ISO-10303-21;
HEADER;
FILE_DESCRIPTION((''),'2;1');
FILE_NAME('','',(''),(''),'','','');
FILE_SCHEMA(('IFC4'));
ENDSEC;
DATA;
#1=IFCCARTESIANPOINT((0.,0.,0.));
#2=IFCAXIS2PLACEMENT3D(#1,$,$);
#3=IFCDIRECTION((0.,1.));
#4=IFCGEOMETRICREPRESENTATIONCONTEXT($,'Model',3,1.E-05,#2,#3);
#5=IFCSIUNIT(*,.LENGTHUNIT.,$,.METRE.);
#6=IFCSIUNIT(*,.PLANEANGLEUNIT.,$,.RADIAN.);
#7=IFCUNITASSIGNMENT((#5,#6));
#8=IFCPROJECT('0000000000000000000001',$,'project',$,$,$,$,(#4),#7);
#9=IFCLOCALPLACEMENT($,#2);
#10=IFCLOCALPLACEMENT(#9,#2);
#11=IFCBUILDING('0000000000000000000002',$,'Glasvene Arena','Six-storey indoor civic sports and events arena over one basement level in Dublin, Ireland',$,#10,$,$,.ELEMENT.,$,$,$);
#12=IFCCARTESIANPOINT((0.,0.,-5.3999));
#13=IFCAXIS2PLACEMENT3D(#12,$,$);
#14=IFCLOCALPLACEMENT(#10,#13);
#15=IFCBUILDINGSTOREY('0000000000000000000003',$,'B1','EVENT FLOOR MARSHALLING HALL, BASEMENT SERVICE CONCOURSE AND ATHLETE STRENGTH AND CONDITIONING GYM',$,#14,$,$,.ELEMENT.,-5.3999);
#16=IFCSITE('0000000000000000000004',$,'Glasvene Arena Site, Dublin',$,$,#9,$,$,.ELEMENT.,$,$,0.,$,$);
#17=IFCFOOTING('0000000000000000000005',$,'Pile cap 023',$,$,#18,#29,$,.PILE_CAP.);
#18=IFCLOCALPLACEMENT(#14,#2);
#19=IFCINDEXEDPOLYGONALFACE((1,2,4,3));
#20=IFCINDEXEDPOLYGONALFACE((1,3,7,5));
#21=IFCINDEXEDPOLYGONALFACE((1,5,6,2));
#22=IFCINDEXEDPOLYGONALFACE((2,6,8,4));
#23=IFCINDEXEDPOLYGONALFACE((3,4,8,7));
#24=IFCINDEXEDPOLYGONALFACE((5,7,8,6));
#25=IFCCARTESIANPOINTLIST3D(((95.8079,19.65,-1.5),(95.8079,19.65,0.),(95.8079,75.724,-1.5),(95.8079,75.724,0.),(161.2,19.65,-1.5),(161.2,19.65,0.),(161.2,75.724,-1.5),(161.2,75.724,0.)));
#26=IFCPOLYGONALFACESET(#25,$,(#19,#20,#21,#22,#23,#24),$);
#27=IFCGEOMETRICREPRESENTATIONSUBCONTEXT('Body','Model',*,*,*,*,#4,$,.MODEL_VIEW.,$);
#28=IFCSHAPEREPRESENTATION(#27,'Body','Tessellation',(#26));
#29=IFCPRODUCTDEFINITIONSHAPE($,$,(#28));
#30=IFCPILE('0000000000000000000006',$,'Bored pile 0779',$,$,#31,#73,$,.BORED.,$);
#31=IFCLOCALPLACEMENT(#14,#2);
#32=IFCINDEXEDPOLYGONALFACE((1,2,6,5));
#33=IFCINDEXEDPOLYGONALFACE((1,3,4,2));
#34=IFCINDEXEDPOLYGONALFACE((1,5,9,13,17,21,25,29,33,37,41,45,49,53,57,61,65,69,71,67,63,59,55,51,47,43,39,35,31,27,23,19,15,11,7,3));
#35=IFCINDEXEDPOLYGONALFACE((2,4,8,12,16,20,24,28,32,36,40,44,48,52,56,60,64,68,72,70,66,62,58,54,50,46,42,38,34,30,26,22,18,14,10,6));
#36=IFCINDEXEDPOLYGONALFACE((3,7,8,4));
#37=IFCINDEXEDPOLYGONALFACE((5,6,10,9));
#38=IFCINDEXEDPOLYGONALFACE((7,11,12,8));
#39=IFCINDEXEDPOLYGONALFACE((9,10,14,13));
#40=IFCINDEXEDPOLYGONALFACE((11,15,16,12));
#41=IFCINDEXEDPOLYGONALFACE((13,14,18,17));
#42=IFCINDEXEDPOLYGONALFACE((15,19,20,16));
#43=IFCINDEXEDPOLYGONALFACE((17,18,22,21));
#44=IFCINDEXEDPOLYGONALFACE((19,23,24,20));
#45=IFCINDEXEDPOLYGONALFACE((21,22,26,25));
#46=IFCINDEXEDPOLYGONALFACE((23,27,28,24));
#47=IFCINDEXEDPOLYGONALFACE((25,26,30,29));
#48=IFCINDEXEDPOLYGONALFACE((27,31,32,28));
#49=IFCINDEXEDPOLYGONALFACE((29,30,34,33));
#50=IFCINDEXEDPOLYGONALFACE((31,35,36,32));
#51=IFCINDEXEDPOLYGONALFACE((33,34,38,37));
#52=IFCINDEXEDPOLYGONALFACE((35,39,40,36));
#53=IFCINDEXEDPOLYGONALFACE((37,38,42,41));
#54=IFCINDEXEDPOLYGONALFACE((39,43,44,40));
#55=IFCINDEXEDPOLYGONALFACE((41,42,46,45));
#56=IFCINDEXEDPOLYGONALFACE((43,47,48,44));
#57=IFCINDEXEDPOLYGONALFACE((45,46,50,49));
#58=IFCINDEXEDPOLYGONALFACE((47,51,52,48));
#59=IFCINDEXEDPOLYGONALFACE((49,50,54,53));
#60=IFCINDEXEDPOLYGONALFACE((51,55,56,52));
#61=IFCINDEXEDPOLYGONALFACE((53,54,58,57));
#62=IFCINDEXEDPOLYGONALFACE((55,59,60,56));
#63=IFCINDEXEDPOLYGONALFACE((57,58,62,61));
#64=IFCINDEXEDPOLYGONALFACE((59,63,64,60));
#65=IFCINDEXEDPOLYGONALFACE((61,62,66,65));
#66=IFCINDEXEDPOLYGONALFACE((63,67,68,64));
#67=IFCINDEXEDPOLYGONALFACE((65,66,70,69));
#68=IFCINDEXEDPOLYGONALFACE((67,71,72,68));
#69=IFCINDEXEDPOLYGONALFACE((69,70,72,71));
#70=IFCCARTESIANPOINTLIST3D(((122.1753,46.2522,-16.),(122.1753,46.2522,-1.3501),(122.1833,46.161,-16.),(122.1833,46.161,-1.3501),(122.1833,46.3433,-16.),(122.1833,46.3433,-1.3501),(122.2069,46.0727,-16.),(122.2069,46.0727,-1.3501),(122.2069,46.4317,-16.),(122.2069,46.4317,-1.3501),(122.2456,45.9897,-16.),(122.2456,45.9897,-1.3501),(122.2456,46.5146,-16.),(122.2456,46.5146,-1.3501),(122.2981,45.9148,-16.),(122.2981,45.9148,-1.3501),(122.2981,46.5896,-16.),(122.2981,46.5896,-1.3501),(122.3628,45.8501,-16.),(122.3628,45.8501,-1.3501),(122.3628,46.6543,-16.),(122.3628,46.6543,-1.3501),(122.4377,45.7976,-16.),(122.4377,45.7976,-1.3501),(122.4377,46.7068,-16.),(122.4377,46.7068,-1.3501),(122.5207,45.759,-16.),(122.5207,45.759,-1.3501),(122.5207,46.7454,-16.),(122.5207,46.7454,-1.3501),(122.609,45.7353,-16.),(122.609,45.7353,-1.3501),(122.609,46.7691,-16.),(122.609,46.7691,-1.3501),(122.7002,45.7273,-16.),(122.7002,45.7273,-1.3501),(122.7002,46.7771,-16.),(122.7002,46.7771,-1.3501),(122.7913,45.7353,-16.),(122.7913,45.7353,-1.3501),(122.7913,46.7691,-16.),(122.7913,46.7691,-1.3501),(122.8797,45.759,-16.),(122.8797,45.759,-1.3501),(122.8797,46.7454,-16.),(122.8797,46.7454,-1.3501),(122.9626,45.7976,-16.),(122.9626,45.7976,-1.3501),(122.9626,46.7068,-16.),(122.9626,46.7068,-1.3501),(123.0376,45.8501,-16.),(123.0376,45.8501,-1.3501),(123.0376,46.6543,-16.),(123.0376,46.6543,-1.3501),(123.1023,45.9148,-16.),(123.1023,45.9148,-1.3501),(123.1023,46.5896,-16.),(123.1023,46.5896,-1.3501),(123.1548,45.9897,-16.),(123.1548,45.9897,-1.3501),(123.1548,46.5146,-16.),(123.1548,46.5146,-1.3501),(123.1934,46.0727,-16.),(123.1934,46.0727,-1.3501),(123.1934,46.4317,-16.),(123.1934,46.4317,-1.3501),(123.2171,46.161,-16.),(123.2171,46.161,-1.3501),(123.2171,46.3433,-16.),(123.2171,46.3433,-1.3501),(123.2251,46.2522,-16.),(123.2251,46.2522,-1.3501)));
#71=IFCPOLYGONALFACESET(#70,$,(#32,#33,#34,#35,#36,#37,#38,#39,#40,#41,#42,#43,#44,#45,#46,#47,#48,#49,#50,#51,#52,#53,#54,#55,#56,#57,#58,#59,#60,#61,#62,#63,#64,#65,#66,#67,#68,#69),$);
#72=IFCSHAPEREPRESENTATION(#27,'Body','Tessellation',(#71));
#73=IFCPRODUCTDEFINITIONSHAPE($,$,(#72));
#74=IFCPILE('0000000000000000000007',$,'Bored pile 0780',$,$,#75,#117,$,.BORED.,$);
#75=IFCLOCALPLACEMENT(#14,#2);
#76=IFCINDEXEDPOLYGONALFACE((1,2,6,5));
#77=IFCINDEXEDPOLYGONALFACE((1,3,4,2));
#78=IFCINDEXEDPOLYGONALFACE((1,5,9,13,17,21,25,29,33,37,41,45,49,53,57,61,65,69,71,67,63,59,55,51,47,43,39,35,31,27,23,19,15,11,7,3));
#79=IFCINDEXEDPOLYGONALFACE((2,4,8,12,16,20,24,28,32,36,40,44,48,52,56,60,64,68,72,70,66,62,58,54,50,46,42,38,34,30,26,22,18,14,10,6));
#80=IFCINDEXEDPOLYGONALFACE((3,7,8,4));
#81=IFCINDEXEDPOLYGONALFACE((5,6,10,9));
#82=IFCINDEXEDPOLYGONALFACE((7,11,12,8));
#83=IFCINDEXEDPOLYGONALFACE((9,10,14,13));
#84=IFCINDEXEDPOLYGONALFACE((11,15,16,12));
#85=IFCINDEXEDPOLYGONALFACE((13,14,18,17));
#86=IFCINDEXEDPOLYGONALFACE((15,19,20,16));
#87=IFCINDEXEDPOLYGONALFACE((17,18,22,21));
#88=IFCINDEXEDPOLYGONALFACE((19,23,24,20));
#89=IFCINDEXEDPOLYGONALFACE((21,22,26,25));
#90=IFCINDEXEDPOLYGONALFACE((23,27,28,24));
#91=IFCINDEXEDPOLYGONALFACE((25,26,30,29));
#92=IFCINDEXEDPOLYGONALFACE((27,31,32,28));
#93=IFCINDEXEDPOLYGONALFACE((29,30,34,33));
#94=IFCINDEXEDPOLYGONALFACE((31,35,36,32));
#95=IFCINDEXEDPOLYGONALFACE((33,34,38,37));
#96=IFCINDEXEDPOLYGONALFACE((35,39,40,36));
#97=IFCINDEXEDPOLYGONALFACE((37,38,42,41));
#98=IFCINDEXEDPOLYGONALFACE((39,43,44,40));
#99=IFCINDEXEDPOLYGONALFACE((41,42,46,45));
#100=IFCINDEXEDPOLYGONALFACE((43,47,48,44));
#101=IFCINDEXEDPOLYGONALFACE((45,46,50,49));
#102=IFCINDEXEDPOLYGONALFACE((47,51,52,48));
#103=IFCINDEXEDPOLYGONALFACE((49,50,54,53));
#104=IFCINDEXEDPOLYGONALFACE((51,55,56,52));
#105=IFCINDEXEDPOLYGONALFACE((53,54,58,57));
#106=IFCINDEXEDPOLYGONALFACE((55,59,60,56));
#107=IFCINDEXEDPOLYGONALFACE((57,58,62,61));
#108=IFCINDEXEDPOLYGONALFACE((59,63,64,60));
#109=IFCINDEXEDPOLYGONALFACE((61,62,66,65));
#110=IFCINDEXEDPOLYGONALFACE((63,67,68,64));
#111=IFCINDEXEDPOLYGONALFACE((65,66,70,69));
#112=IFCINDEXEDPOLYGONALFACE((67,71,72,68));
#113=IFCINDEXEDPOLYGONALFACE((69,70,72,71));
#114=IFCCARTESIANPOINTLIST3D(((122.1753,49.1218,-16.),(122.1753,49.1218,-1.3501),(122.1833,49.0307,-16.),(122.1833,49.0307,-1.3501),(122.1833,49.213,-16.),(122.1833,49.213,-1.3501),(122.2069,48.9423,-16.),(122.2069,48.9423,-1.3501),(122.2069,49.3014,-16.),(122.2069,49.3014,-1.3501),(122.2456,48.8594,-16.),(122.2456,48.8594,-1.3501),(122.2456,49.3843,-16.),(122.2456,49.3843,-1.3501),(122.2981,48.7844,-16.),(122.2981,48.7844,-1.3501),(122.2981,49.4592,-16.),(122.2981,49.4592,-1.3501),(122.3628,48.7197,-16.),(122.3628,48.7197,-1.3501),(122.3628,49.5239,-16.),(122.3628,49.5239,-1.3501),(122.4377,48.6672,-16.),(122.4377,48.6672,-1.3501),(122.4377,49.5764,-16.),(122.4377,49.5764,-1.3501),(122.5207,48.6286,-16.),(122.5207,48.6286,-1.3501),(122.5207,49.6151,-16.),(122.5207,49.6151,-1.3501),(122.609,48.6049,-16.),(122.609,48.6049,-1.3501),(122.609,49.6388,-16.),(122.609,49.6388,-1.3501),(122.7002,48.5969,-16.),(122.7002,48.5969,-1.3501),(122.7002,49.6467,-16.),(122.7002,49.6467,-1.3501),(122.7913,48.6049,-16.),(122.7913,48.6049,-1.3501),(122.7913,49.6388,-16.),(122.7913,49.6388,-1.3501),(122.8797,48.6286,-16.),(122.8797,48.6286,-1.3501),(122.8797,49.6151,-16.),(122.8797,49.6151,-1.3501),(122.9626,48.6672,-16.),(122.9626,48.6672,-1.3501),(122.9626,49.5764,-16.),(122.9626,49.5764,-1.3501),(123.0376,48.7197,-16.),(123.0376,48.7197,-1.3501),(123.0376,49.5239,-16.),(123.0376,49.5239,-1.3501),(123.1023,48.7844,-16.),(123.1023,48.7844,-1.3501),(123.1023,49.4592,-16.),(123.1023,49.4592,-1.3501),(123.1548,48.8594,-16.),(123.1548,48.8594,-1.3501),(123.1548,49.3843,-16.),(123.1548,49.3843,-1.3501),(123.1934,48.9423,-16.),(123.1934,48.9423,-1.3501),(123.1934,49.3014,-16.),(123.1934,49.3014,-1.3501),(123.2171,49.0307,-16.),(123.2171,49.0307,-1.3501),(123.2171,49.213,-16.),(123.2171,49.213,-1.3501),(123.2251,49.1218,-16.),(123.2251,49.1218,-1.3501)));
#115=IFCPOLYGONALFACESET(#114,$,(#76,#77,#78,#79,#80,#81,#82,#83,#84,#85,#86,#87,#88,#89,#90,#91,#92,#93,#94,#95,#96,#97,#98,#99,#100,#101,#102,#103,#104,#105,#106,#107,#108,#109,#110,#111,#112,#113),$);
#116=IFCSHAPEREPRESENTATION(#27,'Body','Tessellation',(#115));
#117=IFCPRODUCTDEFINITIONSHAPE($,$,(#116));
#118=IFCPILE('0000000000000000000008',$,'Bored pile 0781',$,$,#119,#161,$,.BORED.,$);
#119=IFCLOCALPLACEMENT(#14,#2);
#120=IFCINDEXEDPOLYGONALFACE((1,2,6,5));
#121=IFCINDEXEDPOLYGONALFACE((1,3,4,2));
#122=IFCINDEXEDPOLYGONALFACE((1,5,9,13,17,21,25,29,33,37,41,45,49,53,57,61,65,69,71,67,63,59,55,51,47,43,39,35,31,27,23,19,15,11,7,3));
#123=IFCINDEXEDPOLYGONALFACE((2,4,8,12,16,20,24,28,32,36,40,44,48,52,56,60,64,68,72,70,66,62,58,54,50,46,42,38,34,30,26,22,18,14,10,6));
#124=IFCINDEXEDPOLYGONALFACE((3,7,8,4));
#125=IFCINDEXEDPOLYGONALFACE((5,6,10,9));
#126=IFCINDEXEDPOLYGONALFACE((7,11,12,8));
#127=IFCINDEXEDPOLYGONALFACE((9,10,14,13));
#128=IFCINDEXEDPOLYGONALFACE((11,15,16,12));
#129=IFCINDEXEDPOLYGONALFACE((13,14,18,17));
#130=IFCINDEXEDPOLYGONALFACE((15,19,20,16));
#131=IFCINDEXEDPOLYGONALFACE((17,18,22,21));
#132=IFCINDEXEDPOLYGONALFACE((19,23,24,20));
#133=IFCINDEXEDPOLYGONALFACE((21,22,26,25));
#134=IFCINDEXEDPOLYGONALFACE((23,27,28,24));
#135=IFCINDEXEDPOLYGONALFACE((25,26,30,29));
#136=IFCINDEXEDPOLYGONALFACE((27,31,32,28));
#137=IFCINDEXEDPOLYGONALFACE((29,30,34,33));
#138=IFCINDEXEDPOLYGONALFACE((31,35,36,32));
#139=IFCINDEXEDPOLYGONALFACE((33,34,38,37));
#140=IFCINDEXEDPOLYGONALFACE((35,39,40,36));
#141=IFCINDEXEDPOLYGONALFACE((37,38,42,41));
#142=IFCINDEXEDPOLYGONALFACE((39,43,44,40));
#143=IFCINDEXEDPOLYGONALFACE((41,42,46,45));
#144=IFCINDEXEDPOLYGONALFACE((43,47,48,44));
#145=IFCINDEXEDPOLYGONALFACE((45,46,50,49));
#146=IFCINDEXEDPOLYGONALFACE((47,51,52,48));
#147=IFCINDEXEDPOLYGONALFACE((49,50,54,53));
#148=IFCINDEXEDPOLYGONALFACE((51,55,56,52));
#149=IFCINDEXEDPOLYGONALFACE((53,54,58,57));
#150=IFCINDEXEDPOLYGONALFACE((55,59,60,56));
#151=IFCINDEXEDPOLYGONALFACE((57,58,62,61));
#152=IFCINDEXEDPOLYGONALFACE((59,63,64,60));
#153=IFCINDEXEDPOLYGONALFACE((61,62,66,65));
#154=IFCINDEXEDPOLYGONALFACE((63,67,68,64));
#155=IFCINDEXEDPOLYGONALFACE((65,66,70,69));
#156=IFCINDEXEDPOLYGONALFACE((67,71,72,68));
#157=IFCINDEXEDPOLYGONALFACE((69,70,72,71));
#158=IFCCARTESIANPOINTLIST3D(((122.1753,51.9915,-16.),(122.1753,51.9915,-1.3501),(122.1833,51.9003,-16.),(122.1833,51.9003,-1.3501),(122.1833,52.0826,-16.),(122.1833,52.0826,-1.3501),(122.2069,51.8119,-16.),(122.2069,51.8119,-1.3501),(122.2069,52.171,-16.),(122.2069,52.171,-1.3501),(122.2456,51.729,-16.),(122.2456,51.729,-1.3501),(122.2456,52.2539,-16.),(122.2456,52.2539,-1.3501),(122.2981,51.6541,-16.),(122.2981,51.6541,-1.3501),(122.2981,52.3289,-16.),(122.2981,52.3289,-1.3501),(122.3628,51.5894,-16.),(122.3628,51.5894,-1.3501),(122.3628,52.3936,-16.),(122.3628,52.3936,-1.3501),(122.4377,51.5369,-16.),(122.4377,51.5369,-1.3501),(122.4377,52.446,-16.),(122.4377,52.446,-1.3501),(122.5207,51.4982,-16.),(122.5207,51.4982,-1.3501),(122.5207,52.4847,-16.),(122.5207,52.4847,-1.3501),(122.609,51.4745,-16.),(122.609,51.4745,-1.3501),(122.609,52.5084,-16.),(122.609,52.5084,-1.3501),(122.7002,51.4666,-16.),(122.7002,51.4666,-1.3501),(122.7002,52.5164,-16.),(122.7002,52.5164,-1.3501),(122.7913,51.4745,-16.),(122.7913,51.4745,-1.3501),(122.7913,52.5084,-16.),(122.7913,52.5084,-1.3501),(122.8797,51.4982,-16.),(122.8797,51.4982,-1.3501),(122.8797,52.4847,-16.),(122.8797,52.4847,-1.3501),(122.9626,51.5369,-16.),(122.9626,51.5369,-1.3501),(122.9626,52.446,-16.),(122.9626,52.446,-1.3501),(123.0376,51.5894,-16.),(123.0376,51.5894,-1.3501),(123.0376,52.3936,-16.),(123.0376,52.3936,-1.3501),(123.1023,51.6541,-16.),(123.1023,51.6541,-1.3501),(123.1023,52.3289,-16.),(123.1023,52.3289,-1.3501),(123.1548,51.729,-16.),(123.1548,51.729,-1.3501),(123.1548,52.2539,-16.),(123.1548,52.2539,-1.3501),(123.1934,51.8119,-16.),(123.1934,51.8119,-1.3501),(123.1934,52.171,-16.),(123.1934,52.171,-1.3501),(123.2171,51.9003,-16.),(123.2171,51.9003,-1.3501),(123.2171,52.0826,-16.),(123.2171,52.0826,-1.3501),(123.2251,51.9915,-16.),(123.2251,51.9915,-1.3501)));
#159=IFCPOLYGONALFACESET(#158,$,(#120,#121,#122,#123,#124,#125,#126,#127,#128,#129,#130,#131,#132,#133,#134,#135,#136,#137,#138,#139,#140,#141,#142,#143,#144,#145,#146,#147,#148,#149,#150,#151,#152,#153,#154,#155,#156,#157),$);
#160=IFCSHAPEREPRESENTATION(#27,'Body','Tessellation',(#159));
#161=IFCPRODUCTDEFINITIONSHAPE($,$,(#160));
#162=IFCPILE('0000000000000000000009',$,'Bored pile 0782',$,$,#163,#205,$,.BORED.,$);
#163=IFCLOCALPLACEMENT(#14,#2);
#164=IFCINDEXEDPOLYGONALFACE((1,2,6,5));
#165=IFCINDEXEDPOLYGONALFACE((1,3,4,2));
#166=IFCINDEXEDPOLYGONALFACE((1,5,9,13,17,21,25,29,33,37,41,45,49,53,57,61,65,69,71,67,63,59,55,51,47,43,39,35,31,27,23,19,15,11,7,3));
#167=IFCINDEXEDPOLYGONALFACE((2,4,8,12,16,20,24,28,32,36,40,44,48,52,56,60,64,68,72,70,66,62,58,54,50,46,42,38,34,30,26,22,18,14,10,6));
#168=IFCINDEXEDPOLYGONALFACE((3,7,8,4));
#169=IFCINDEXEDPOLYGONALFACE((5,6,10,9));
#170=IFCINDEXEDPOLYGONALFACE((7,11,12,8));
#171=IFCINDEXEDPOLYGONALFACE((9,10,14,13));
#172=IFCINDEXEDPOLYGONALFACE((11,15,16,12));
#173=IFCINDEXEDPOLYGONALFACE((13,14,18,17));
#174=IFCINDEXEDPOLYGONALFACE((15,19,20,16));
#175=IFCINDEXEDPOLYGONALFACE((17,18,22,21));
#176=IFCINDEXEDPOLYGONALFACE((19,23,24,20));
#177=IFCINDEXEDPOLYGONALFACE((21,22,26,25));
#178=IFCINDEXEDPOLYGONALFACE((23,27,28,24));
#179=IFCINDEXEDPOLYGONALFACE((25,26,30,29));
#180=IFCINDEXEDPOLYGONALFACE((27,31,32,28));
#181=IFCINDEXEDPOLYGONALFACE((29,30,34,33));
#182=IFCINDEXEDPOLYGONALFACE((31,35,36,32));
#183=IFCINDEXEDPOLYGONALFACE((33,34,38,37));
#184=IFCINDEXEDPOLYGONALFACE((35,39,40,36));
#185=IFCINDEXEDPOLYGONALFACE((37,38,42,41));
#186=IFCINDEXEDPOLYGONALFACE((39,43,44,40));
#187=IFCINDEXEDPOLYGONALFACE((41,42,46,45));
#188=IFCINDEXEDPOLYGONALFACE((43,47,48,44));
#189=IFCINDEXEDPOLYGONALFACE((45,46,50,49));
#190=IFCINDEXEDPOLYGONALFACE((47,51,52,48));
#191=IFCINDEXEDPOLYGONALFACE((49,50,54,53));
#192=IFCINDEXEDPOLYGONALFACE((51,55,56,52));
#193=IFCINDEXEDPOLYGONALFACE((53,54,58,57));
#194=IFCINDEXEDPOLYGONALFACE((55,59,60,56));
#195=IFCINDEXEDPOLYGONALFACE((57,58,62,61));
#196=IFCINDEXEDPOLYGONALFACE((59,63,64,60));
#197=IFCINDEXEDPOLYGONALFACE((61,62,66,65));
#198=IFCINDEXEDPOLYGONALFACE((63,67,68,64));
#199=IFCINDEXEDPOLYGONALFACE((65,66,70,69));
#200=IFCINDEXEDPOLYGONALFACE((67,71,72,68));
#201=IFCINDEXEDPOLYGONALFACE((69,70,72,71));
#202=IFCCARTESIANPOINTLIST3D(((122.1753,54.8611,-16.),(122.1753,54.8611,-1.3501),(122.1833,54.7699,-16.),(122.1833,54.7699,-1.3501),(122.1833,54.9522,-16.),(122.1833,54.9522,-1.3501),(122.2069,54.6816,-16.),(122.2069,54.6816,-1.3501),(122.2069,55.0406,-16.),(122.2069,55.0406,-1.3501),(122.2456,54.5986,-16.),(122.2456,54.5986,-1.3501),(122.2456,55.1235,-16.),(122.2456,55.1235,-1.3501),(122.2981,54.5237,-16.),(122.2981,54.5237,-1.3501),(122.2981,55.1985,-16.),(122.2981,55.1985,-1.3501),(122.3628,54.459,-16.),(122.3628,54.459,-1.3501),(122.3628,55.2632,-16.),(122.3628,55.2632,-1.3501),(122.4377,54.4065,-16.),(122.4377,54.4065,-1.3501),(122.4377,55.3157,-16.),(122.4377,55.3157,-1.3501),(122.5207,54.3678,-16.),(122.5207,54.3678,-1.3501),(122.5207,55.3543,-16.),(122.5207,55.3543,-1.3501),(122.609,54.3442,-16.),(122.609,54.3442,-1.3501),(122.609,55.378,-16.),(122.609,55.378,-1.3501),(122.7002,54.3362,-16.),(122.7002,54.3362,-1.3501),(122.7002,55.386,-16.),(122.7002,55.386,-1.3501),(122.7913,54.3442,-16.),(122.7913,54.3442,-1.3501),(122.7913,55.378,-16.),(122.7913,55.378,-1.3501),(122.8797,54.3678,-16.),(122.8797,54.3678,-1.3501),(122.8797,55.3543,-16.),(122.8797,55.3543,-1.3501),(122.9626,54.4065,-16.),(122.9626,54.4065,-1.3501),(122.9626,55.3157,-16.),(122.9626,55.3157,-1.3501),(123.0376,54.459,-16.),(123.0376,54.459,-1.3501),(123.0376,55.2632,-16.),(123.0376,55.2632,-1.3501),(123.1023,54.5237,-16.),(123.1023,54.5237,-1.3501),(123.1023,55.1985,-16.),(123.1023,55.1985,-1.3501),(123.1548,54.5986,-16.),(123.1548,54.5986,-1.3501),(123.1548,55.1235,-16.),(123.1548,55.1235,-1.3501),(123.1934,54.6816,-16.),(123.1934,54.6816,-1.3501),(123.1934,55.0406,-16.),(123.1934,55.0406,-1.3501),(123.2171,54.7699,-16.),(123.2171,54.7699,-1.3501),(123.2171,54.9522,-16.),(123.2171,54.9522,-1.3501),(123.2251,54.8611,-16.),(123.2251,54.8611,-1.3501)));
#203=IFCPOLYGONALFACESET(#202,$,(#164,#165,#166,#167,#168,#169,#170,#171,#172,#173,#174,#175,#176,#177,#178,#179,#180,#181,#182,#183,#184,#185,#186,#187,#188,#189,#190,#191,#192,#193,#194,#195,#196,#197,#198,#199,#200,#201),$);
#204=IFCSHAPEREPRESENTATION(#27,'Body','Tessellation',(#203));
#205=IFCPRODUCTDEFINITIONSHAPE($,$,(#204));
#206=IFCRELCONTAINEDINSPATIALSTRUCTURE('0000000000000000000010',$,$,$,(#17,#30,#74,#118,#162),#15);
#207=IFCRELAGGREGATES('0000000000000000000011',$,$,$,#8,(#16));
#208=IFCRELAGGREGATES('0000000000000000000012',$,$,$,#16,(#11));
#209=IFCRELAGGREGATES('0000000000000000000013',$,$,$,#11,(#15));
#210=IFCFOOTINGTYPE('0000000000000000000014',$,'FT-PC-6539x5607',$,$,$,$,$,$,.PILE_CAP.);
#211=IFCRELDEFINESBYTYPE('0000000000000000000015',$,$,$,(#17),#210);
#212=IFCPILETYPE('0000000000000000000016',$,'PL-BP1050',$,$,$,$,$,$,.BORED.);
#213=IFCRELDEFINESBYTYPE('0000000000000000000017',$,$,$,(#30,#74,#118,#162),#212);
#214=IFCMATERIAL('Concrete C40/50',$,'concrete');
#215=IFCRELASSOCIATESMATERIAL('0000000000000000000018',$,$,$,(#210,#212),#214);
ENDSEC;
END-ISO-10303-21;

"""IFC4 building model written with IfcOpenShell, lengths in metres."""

from ifc_helpers import new_model, si_unit, direction, frame, origin, origin_2d, place, context, subcontext, project, spatial, rectangle, circle, extrude, material, material_profile, profile_set, type_object, element, save


model = new_model("IFC4")

# Units and contexts
model_context = context("Model", 3, precision=1e-05, world=origin(), true_north=direction((0.0, 1.0)))
body_context = subcontext(model_context, "Body", "Model", "MODEL_VIEW")
ifc_project = project(units=[si_unit("LENGTHUNIT", "METRE"), si_unit("PLANEANGLEUNIT", "RADIAN")], contexts=[model_context])

# Site, building, storey
site_placement = place(None, origin())
site = spatial("IfcSite", under=ifc_project, at=site_placement, Name="Glasvene Arena Site, Dublin", CompositionType="ELEMENT", RefElevation=0.0)
building_placement = place(site_placement, origin())
building = spatial("IfcBuilding", under=site, at=building_placement, Name="Glasvene Arena", Description="Six-storey indoor civic sports and events arena over one basement level in Dublin, Ireland", CompositionType="ELEMENT")
storey_placement = place(building_placement, frame((0.0, 0.0, -5.3999)))
storey = spatial("IfcBuildingStorey", under=building, at=storey_placement, Name="B1", Description="EVENT FLOOR MARSHALLING HALL, BASEMENT SERVICE CONCOURSE AND ATHLETE STRENGTH AND CONDITIONING GYM", CompositionType="ELEMENT", Elevation=-5.3999)

# Footing
ifc_material_1 = material(Name="Concrete C40/50", Category="concrete")
footing_type = type_object("IfcFootingType", Name="FT-PC-6539x5607", PredefinedType="PILE_CAP", material=ifc_material_1)
footing_placement = place(storey_placement, frame((128.5039, 47.687, -1.5), z_axis=(0.0, 0.0, 1.0), x_axis=(1.0, 0.0, 0.0)))
element("IfcFooting", 1, at=footing_placement, inside=storey, type_object=footing_type, Name="Pile cap 023", PredefinedType="PILE_CAP", context=body_context, shape_type="SweptSolid", body=[
    extrude(rectangle(XDim=65.3921, YDim=56.074, at=origin_2d()), origin(), (0.0, 0.0, 1.0), 1.5),
])

# Piles
ifc_material_profile_1 = material_profile(ifc_material_1, circle(Radius=0.5249, at=origin_2d()), Name="BORED PILE 1050")
ifc_profile_set_1 = profile_set([ifc_material_profile_1], Name="Concrete C40/50")
pile_type = type_object("IfcPileType", Name="PL-BP1050", PredefinedType="BORED", material=ifc_profile_set_1)
for number, where, z_axis, x_axis, name in (
    (2, (122.7002, 46.2522, -1.3501), (0.0, 0.0, -1.0), (1.0, 0.0, 0.0), "Bored pile 0779"),
    (3, (122.7002, 49.1218, -1.3501), (0.0, 0.0, -1.0), (1.0, 0.0, 0.0), "Bored pile 0780"),
    (4, (122.7002, 51.9915, -1.3501), (0.0, 0.0, -1.0), (1.0, 0.0, 0.0), "Bored pile 0781"),
    (5, (122.7002, 54.8611, -1.3501), (0.0, 0.0, -1.0), (1.0, 0.0, 0.0), "Bored pile 0782"),
):
    element("IfcPile", number, at=place(storey_placement, frame(where, z_axis=z_axis, x_axis=x_axis)), inside=storey, type_object=pile_type, Name=name, PredefinedType="BORED", context=body_context, shape_type="SweptSolid", body=[
        extrude(circle(Radius=0.5249, at=origin_2d()), origin(), (0.0, 0.0, 1.0), 14.6499),
    ])

save(model, "model.ifc")
